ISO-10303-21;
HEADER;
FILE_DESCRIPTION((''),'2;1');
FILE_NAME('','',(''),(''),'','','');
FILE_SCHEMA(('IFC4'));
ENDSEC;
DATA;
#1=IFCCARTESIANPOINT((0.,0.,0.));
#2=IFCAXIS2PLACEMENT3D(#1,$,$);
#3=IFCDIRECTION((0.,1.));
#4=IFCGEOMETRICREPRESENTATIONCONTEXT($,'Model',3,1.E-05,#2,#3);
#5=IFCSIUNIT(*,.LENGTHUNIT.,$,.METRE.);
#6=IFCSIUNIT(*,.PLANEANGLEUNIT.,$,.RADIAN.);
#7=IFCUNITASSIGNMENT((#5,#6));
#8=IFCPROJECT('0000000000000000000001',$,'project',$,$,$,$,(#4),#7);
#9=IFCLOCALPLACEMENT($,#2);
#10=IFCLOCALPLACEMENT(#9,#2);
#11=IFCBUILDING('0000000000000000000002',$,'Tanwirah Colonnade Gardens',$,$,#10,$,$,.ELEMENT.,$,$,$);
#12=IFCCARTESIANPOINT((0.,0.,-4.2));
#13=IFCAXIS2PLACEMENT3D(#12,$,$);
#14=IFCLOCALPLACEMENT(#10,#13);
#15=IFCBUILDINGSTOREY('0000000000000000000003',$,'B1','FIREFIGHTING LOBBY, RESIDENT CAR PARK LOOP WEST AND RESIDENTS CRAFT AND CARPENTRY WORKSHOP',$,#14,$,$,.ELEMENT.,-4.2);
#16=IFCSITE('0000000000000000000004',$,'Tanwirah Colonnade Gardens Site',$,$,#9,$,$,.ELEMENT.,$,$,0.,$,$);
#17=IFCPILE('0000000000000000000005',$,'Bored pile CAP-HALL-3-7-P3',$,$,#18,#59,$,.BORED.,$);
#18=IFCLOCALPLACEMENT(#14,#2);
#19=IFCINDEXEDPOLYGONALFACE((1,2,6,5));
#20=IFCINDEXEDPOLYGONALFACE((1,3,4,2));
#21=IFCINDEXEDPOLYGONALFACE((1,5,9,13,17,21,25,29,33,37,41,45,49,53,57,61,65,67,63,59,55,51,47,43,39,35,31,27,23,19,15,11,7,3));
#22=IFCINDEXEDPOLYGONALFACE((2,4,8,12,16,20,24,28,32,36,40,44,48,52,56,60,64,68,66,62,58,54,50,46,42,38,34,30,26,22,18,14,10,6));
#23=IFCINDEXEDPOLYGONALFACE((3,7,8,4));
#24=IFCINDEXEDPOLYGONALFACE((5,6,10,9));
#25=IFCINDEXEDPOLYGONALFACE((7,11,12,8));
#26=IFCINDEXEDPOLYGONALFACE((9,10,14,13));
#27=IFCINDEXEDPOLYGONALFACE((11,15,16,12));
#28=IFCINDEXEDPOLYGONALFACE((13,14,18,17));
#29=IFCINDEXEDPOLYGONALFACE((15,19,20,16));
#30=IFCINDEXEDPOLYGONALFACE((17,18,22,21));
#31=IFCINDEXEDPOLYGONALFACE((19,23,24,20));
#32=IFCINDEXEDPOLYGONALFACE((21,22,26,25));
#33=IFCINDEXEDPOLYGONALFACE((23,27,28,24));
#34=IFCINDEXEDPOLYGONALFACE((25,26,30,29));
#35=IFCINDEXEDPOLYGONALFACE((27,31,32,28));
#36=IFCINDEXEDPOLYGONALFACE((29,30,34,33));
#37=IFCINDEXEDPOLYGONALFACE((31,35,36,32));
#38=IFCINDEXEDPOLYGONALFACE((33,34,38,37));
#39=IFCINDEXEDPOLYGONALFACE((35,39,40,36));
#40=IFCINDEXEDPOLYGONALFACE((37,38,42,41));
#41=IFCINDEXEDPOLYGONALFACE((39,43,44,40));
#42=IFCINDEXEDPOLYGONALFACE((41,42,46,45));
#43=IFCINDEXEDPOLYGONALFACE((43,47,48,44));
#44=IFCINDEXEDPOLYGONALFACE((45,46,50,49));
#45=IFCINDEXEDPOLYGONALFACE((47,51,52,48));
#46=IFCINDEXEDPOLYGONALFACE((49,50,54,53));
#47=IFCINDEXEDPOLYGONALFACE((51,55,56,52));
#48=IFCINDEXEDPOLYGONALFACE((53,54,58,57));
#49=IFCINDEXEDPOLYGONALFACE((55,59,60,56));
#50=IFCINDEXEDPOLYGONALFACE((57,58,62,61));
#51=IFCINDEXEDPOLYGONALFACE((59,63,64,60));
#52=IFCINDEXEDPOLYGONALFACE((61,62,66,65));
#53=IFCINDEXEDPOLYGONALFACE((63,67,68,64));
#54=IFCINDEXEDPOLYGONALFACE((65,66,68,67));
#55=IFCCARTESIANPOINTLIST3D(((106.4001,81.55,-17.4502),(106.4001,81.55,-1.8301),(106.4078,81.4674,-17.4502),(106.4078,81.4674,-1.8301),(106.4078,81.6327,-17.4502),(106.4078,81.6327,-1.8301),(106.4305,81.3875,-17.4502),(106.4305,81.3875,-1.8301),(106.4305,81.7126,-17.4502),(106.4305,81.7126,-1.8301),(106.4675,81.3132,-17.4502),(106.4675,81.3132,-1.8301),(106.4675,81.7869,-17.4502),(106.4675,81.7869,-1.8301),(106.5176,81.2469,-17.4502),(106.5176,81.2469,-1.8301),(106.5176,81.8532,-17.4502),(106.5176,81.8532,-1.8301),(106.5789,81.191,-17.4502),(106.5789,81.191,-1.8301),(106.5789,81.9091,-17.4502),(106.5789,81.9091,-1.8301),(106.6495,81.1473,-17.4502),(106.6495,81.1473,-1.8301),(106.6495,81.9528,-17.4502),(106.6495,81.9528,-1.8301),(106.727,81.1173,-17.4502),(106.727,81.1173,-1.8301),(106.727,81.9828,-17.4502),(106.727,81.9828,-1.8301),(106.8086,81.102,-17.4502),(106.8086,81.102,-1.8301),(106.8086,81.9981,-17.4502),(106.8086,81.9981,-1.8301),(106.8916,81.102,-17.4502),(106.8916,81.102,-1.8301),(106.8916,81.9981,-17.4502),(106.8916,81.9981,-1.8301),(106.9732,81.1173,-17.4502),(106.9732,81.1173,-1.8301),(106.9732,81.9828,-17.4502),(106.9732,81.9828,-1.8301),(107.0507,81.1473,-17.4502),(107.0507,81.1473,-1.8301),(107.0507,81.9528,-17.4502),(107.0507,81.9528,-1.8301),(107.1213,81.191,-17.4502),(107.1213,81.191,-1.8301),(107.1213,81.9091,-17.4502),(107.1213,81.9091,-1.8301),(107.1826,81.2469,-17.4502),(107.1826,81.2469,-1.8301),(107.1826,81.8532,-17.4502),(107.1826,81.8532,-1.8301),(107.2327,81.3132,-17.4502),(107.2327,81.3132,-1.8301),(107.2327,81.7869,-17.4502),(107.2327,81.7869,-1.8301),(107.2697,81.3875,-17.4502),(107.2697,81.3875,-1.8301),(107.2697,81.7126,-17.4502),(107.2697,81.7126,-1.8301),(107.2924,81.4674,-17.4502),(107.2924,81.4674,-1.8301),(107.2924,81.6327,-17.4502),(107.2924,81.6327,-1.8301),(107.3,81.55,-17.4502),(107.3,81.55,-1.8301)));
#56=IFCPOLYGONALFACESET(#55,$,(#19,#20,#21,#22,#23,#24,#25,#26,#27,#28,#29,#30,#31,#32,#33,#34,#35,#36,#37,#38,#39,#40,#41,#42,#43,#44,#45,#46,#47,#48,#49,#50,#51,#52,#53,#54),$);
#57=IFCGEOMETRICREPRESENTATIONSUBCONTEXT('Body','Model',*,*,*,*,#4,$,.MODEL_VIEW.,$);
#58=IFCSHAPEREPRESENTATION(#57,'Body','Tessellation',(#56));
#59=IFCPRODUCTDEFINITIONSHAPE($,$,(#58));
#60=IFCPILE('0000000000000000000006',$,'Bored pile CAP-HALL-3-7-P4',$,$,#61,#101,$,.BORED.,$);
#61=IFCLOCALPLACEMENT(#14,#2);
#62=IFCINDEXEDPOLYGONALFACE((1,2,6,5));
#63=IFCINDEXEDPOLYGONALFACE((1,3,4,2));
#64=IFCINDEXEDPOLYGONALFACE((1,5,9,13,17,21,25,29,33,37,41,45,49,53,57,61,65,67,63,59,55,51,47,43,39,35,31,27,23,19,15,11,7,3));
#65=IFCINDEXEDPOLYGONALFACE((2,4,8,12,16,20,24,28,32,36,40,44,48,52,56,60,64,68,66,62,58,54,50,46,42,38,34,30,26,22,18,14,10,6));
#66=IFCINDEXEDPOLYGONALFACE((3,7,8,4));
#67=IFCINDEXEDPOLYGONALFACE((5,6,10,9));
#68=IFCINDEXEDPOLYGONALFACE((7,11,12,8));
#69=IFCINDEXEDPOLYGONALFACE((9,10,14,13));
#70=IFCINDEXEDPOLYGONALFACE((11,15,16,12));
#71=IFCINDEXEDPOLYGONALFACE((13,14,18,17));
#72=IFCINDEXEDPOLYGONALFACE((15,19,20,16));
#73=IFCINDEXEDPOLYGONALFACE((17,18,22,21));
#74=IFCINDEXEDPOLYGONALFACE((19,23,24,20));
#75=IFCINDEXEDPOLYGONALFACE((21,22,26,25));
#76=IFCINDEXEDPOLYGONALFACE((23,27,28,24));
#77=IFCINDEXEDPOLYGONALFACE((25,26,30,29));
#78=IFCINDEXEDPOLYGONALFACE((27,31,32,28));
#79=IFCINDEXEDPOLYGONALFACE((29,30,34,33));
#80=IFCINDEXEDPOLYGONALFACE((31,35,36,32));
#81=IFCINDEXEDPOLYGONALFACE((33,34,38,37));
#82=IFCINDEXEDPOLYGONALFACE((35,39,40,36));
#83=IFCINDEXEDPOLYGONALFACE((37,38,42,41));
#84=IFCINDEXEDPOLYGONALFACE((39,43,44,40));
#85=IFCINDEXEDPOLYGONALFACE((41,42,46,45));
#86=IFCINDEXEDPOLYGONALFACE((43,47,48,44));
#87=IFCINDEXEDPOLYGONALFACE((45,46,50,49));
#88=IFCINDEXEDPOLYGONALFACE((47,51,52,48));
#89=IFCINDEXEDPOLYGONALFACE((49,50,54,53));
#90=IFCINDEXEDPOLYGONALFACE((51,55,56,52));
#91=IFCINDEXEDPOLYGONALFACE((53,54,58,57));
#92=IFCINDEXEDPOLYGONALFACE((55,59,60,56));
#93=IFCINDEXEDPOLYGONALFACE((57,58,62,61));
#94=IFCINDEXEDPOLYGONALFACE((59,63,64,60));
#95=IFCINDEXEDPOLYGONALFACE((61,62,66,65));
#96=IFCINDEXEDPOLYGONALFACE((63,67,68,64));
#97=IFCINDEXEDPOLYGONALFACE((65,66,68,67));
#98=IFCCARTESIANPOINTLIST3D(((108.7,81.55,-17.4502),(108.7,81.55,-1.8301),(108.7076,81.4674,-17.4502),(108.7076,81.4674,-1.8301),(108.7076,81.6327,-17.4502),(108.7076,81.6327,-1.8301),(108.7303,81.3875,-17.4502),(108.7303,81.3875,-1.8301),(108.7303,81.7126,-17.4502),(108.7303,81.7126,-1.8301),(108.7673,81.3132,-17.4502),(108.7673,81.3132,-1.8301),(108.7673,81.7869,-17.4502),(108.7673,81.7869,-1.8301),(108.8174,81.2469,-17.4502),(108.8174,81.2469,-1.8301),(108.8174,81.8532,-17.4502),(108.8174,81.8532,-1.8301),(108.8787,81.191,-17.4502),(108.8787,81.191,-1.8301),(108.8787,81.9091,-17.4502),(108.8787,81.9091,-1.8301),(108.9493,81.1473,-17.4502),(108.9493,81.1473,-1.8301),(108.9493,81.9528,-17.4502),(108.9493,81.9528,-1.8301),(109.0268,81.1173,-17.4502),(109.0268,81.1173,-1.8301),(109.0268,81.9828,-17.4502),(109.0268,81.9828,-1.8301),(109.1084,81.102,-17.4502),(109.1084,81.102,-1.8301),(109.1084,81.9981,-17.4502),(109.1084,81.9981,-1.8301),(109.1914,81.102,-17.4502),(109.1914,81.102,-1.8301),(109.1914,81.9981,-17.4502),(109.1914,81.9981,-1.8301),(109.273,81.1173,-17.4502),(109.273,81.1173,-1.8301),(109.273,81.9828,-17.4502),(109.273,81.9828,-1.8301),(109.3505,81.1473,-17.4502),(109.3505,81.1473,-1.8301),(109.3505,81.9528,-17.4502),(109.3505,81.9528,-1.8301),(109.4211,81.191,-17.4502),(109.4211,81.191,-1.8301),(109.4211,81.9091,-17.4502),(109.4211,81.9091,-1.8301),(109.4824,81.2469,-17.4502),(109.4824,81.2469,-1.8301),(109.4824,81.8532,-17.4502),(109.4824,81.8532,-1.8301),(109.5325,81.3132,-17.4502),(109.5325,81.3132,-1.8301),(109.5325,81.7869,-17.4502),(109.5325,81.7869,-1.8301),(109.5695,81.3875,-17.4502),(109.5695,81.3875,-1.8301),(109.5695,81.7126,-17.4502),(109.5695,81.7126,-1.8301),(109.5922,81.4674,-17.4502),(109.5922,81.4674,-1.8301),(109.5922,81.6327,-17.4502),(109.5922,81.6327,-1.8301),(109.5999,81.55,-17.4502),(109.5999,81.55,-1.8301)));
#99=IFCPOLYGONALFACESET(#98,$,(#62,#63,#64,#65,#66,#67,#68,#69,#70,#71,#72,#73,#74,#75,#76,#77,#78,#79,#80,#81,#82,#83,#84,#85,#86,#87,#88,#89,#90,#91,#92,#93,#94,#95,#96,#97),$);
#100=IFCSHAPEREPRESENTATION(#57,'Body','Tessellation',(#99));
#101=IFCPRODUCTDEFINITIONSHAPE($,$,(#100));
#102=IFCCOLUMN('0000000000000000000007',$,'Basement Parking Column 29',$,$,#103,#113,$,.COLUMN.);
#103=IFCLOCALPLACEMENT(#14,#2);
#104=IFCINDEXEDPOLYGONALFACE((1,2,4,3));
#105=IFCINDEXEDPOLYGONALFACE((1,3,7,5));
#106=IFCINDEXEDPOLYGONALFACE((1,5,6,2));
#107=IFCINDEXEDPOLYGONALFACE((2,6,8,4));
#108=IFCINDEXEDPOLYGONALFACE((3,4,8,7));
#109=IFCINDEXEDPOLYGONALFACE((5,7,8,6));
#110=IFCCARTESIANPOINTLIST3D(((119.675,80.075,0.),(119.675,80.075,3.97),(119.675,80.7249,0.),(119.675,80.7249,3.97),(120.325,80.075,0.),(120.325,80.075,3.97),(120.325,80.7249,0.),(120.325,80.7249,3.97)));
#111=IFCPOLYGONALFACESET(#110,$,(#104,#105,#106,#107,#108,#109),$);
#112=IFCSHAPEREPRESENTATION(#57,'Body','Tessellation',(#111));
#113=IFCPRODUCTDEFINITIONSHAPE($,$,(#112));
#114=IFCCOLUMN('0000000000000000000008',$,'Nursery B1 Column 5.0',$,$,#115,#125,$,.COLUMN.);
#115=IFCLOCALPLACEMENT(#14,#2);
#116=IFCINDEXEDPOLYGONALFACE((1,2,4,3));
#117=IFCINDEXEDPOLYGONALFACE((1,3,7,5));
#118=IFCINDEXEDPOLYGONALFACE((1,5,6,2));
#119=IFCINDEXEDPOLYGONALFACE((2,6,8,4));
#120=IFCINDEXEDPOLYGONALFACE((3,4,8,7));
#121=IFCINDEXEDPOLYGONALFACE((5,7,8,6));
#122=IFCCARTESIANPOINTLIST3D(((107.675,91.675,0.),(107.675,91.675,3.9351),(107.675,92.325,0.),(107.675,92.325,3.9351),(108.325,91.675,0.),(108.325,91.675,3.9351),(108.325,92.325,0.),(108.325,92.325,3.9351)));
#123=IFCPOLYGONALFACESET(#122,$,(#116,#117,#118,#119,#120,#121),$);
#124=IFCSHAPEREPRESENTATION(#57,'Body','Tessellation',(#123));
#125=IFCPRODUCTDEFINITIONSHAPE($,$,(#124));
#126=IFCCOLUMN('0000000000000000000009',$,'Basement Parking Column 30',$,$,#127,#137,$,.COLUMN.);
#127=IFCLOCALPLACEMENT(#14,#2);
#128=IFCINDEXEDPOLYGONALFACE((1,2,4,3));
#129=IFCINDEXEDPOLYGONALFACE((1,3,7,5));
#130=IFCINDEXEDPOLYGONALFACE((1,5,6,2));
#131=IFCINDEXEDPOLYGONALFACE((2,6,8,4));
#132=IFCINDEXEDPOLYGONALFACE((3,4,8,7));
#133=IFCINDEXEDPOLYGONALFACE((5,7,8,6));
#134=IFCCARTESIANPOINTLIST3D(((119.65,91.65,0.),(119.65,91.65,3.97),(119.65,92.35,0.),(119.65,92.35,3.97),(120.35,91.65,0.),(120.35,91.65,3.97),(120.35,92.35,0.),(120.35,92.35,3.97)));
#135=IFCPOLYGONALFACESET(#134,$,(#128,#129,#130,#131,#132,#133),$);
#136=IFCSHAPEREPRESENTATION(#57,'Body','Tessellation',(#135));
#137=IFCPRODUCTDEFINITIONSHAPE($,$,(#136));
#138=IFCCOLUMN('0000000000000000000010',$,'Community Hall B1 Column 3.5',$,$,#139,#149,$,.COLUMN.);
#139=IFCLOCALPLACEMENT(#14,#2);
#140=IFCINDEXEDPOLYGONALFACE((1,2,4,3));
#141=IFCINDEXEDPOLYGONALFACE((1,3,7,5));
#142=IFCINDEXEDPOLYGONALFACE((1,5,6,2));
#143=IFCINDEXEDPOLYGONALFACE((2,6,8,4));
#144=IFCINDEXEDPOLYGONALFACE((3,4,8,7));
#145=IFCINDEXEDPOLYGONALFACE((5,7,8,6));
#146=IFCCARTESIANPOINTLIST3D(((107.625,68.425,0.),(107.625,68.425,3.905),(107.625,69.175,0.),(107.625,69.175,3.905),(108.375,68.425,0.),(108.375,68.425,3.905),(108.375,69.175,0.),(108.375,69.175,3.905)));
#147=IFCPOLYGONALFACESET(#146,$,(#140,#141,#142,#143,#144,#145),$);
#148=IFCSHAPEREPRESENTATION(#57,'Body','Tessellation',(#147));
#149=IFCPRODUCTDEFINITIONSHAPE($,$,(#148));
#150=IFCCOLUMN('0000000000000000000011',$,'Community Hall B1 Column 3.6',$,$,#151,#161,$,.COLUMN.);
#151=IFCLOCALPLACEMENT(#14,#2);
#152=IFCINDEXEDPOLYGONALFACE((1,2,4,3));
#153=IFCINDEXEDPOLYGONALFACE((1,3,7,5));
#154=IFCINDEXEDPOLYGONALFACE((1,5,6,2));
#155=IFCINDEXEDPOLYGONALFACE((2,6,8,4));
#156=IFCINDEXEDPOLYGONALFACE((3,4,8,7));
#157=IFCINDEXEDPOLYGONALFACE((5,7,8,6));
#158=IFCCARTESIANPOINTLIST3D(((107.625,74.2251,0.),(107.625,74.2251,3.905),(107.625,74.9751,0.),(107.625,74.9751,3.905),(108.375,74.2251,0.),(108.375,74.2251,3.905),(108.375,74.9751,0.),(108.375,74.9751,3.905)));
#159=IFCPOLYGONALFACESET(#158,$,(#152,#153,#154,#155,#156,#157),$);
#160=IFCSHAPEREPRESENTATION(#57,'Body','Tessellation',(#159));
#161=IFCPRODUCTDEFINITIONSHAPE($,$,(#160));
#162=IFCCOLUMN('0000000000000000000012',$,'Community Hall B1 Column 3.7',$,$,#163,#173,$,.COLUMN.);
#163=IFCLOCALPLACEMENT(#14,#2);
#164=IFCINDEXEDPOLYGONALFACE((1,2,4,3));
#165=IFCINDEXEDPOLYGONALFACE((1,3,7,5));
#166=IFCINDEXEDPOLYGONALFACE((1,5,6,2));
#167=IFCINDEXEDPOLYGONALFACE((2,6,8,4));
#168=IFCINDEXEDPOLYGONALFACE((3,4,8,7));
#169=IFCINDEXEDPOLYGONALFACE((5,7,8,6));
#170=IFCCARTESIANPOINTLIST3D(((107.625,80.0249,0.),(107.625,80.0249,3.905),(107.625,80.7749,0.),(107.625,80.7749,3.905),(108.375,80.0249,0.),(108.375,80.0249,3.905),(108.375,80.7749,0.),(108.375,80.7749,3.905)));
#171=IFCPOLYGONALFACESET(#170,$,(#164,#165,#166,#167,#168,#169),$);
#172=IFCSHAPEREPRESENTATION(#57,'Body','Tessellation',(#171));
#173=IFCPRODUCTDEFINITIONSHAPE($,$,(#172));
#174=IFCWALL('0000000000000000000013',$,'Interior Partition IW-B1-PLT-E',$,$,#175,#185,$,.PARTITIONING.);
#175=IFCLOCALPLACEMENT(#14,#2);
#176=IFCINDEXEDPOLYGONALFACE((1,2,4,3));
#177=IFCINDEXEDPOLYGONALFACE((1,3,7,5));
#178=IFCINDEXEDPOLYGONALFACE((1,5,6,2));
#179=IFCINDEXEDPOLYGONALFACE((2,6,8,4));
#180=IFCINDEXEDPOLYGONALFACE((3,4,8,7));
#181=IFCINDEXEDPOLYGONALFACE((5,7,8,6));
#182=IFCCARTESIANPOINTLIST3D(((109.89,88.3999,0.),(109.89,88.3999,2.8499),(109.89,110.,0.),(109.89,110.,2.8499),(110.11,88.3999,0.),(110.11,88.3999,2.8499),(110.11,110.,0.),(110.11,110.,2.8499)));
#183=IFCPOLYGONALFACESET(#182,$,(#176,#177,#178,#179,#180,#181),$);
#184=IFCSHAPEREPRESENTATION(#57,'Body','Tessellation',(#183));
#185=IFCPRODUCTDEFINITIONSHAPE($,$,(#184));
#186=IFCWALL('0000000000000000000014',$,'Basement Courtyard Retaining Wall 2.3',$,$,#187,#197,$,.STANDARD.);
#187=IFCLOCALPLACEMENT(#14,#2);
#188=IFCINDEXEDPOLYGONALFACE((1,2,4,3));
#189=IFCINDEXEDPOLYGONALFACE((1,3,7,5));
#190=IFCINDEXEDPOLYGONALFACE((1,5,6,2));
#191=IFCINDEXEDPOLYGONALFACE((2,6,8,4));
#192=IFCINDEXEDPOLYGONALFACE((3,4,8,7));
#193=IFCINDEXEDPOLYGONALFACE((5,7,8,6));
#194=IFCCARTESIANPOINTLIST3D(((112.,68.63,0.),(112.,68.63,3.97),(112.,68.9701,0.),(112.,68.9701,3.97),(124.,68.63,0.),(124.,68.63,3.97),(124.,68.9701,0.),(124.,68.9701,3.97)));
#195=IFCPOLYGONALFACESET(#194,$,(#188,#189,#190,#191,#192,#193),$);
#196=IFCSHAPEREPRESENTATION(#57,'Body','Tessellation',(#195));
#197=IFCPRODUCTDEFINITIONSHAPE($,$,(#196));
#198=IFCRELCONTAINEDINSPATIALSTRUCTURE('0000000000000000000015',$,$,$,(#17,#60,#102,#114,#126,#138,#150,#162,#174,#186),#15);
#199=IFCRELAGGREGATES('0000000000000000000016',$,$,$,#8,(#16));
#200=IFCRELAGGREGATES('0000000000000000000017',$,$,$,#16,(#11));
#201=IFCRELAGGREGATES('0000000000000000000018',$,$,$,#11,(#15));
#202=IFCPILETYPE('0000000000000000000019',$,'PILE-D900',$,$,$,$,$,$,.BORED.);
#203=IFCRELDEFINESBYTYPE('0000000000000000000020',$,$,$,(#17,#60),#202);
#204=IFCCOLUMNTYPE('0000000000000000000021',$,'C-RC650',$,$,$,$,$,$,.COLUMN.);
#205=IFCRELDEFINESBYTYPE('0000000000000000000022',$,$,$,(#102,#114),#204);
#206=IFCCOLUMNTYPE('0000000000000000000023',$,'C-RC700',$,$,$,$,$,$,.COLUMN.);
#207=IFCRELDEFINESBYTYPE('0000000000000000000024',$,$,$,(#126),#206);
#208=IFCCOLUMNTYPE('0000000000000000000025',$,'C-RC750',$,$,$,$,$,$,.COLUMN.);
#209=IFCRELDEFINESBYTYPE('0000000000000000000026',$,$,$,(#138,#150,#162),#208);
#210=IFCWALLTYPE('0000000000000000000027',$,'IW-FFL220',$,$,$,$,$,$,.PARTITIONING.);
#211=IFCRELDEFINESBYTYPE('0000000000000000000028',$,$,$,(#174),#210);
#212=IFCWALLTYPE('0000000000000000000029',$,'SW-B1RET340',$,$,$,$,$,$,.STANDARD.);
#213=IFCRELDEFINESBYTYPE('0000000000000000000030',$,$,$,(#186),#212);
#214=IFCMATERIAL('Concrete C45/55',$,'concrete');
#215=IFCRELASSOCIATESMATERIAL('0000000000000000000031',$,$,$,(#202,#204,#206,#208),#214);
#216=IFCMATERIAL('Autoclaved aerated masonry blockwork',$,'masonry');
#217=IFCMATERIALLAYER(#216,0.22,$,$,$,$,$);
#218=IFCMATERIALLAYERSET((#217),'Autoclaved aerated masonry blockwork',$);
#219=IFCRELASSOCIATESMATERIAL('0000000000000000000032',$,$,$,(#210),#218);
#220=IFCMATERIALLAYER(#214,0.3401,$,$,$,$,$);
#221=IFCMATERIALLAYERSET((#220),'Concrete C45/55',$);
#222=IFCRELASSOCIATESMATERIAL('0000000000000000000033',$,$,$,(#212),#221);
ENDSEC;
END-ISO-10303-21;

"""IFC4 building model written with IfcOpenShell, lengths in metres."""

from ifc_helpers import new_model, si_unit, direction, frame, frame_2d, origin, origin_2d, place, context, subcontext, project, spatial, rectangle, circle, extrude, material, layer, layer_set, material_profile, profile_set, type_object, element, save


model = new_model("IFC4")

# Units and contexts
model_context = context("Model", 3, precision=1e-05, world=origin(), true_north=direction((0.0, 1.0)))
body_context = subcontext(model_context, "Body", "Model", "MODEL_VIEW")
ifc_project = project(units=[si_unit("LENGTHUNIT", "METRE"), si_unit("PLANEANGLEUNIT", "RADIAN")], contexts=[model_context])

# Site, building, storey
site_placement = place(None, origin())
site = spatial("IfcSite", under=ifc_project, at=site_placement, Name="Tanwirah Colonnade Gardens Site", CompositionType="ELEMENT", RefElevation=0.0)
building_placement = place(site_placement, origin())
building = spatial("IfcBuilding", under=site, at=building_placement, Name="Tanwirah Colonnade Gardens", CompositionType="ELEMENT")
storey_placement = place(building_placement, frame((0.0, 0.0, -4.2)))
storey = spatial("IfcBuildingStorey", under=building, at=storey_placement, Name="B1", Description="FIREFIGHTING LOBBY, RESIDENT CAR PARK LOOP WEST AND RESIDENTS CRAFT AND CARPENTRY WORKSHOP", CompositionType="ELEMENT", Elevation=-4.2)

# Shared definitions
ifc_material_1 = material(Name="Concrete C45/55", Category="concrete")

# Piles
ifc_material_profile_1 = material_profile(ifc_material_1, circle(Radius=0.45, at=origin_2d()), Name="PILE D900")
ifc_profile_set_1 = profile_set([ifc_material_profile_1], Name="Concrete C45/55")
pile_type_1 = type_object("IfcPileType", Name="PILE-D900", PredefinedType="BORED", material=ifc_profile_set_1)
for number, where, z_axis, x_axis, name in (
    (1, (106.8501, 81.55, -1.8301), (0.0, 0.0, -1.0), (1.0, 0.0, 0.0), "Bored pile CAP-HALL-3-7-P3"),
    (2, (109.1499, 81.55, -1.8301), (0.0, 0.0, -1.0), (1.0, 0.0, 0.0), "Bored pile CAP-HALL-3-7-P4"),
):
    element("IfcPile", number, at=place(storey_placement, frame(where, z_axis=z_axis, x_axis=x_axis)), inside=storey, type_object=pile_type_1, Name=name, PredefinedType="BORED", context=body_context, shape_type="SweptSolid", body=[
        extrude(circle(Radius=0.45, at=origin_2d()), origin(), (0.0, 0.0, 1.0), 15.6201),
    ])

# Columns
ifc_material_profile_2 = material_profile(ifc_material_1, rectangle(XDim=0.6499, YDim=0.6499, at=origin_2d()), Name="RC-COL 650x650")
ifc_profile_set_2 = profile_set([ifc_material_profile_2], Name="Concrete C45/55")
column_type_1 = type_object("IfcColumnType", Name="C-RC650", PredefinedType="COLUMN", material=ifc_profile_set_2)
column_1_placement = place(storey_placement, frame((120.0, 80.3999, 0.0), z_axis=(0.0, 0.0, 1.0), x_axis=(1.0, 0.0, 0.0)))
element("IfcColumn", 3, at=column_1_placement, inside=storey, type_object=column_type_1, Name="Basement Parking Column 29", PredefinedType="COLUMN", context=body_context, shape_type="SweptSolid", body=[
    extrude(rectangle(XDim=0.6499, YDim=0.6499, at=origin_2d()), origin(), (0.0, 0.0, 1.0), 3.97),
])
column_2_placement = place(storey_placement, frame((108.0, 92.0, 0.0), z_axis=(0.0, 0.0, 1.0), x_axis=(1.0, 0.0, 0.0)))
element("IfcColumn", 4, at=column_2_placement, inside=storey, type_object=column_type_1, Name="Nursery B1 Column 5.0", PredefinedType="COLUMN", context=body_context, shape_type="SweptSolid", body=[
    extrude(rectangle(XDim=0.6499, YDim=0.6499, at=origin_2d()), origin(), (0.0, 0.0, 1.0), 3.9351),
])
ifc_material_profile_3 = material_profile(ifc_material_1, rectangle(XDim=0.7, YDim=0.7, at=origin_2d()), Name="RC-COL 700x700")
ifc_profile_set_3 = profile_set([ifc_material_profile_3], Name="Concrete C45/55")
column_type_2 = type_object("IfcColumnType", Name="C-RC700", PredefinedType="COLUMN", material=ifc_profile_set_3)
column_3_placement = place(storey_placement, frame((120.0, 92.0, 0.0), z_axis=(0.0, 0.0, 1.0), x_axis=(1.0, 0.0, 0.0)))
element("IfcColumn", 5, at=column_3_placement, inside=storey, type_object=column_type_2, Name="Basement Parking Column 30", PredefinedType="COLUMN", context=body_context, shape_type="SweptSolid", body=[
    extrude(rectangle(XDim=0.7, YDim=0.7, at=origin_2d()), origin(), (0.0, 0.0, 1.0), 3.97),
])
ifc_material_profile_4 = material_profile(ifc_material_1, rectangle(XDim=0.75, YDim=0.75, at=origin_2d()), Name="RC-COL 750x750")
ifc_profile_set_4 = profile_set([ifc_material_profile_4], Name="Concrete C45/55")
column_type_3 = type_object("IfcColumnType", Name="C-RC750", PredefinedType="COLUMN", material=ifc_profile_set_4)
for number, where, z_axis, x_axis, name in (
    (6, (108.0, 68.8, 0.0), (0.0, 0.0, 1.0), (1.0, 0.0, 0.0), "Community Hall B1 Column 3.5"),
    (7, (108.0, 74.6001, 0.0), (0.0, 0.0, 1.0), (1.0, 0.0, 0.0), "Community Hall B1 Column 3.6"),
    (8, (108.0, 80.3999, 0.0), (0.0, 0.0, 1.0), (1.0, 0.0, 0.0), "Community Hall B1 Column 3.7"),
):
    element("IfcColumn", number, at=place(storey_placement, frame(where, z_axis=z_axis, x_axis=x_axis)), inside=storey, type_object=column_type_3, Name=name, PredefinedType="COLUMN", context=body_context, shape_type="SweptSolid", body=[
        extrude(rectangle(XDim=0.75, YDim=0.75, at=origin_2d()), origin(), (0.0, 0.0, 1.0), 3.905),
    ])

# Walls
ifc_material_2 = material(Name="Autoclaved aerated masonry blockwork", Category="masonry")
ifc_layer_1 = layer(ifc_material_2, 0.22)
ifc_layer_set_1 = layer_set([ifc_layer_1], Name="Autoclaved aerated masonry blockwork")
wall_type_1 = type_object("IfcWallType", Name="IW-FFL220", PredefinedType="PARTITIONING", material=ifc_layer_set_1)
wall_1_placement = place(storey_placement, frame((110.0, 88.3999, 0.0), z_axis=(0.0, 0.0, 1.0), x_axis=(0.0, 1.0, 0.0)))
element("IfcWall", 9, at=wall_1_placement, inside=storey, type_object=wall_type_1, Name="Interior Partition IW-B1-PLT-E", PredefinedType="PARTITIONING", context=body_context, shape_type="SweptSolid", body=[
    extrude(rectangle(XDim=21.6001, YDim=0.22, at=frame_2d((10.8, 0.0))), origin(), (0.0, 0.0, 1.0), 2.8499),
])
ifc_layer_2 = layer(ifc_material_1, 0.3401)
ifc_layer_set_2 = layer_set([ifc_layer_2], Name="Concrete C45/55")
wall_type_2 = type_object("IfcWallType", Name="SW-B1RET340", PredefinedType="STANDARD", material=ifc_layer_set_2)
wall_2_placement = place(storey_placement, frame((124.0, 68.8, 0.0), z_axis=(0.0, 0.0, 1.0), x_axis=(-1.0, 0.0, 0.0)))
element("IfcWall", 10, at=wall_2_placement, inside=storey, type_object=wall_type_2, Name="Basement Courtyard Retaining Wall 2.3", PredefinedType="STANDARD", context=body_context, shape_type="SweptSolid", body=[
    extrude(rectangle(XDim=12.0, YDim=0.3401, at=frame_2d((6.0, 0.0))), origin(), (0.0, 0.0, 1.0), 3.97),
])

save(model, "model.ifc")
